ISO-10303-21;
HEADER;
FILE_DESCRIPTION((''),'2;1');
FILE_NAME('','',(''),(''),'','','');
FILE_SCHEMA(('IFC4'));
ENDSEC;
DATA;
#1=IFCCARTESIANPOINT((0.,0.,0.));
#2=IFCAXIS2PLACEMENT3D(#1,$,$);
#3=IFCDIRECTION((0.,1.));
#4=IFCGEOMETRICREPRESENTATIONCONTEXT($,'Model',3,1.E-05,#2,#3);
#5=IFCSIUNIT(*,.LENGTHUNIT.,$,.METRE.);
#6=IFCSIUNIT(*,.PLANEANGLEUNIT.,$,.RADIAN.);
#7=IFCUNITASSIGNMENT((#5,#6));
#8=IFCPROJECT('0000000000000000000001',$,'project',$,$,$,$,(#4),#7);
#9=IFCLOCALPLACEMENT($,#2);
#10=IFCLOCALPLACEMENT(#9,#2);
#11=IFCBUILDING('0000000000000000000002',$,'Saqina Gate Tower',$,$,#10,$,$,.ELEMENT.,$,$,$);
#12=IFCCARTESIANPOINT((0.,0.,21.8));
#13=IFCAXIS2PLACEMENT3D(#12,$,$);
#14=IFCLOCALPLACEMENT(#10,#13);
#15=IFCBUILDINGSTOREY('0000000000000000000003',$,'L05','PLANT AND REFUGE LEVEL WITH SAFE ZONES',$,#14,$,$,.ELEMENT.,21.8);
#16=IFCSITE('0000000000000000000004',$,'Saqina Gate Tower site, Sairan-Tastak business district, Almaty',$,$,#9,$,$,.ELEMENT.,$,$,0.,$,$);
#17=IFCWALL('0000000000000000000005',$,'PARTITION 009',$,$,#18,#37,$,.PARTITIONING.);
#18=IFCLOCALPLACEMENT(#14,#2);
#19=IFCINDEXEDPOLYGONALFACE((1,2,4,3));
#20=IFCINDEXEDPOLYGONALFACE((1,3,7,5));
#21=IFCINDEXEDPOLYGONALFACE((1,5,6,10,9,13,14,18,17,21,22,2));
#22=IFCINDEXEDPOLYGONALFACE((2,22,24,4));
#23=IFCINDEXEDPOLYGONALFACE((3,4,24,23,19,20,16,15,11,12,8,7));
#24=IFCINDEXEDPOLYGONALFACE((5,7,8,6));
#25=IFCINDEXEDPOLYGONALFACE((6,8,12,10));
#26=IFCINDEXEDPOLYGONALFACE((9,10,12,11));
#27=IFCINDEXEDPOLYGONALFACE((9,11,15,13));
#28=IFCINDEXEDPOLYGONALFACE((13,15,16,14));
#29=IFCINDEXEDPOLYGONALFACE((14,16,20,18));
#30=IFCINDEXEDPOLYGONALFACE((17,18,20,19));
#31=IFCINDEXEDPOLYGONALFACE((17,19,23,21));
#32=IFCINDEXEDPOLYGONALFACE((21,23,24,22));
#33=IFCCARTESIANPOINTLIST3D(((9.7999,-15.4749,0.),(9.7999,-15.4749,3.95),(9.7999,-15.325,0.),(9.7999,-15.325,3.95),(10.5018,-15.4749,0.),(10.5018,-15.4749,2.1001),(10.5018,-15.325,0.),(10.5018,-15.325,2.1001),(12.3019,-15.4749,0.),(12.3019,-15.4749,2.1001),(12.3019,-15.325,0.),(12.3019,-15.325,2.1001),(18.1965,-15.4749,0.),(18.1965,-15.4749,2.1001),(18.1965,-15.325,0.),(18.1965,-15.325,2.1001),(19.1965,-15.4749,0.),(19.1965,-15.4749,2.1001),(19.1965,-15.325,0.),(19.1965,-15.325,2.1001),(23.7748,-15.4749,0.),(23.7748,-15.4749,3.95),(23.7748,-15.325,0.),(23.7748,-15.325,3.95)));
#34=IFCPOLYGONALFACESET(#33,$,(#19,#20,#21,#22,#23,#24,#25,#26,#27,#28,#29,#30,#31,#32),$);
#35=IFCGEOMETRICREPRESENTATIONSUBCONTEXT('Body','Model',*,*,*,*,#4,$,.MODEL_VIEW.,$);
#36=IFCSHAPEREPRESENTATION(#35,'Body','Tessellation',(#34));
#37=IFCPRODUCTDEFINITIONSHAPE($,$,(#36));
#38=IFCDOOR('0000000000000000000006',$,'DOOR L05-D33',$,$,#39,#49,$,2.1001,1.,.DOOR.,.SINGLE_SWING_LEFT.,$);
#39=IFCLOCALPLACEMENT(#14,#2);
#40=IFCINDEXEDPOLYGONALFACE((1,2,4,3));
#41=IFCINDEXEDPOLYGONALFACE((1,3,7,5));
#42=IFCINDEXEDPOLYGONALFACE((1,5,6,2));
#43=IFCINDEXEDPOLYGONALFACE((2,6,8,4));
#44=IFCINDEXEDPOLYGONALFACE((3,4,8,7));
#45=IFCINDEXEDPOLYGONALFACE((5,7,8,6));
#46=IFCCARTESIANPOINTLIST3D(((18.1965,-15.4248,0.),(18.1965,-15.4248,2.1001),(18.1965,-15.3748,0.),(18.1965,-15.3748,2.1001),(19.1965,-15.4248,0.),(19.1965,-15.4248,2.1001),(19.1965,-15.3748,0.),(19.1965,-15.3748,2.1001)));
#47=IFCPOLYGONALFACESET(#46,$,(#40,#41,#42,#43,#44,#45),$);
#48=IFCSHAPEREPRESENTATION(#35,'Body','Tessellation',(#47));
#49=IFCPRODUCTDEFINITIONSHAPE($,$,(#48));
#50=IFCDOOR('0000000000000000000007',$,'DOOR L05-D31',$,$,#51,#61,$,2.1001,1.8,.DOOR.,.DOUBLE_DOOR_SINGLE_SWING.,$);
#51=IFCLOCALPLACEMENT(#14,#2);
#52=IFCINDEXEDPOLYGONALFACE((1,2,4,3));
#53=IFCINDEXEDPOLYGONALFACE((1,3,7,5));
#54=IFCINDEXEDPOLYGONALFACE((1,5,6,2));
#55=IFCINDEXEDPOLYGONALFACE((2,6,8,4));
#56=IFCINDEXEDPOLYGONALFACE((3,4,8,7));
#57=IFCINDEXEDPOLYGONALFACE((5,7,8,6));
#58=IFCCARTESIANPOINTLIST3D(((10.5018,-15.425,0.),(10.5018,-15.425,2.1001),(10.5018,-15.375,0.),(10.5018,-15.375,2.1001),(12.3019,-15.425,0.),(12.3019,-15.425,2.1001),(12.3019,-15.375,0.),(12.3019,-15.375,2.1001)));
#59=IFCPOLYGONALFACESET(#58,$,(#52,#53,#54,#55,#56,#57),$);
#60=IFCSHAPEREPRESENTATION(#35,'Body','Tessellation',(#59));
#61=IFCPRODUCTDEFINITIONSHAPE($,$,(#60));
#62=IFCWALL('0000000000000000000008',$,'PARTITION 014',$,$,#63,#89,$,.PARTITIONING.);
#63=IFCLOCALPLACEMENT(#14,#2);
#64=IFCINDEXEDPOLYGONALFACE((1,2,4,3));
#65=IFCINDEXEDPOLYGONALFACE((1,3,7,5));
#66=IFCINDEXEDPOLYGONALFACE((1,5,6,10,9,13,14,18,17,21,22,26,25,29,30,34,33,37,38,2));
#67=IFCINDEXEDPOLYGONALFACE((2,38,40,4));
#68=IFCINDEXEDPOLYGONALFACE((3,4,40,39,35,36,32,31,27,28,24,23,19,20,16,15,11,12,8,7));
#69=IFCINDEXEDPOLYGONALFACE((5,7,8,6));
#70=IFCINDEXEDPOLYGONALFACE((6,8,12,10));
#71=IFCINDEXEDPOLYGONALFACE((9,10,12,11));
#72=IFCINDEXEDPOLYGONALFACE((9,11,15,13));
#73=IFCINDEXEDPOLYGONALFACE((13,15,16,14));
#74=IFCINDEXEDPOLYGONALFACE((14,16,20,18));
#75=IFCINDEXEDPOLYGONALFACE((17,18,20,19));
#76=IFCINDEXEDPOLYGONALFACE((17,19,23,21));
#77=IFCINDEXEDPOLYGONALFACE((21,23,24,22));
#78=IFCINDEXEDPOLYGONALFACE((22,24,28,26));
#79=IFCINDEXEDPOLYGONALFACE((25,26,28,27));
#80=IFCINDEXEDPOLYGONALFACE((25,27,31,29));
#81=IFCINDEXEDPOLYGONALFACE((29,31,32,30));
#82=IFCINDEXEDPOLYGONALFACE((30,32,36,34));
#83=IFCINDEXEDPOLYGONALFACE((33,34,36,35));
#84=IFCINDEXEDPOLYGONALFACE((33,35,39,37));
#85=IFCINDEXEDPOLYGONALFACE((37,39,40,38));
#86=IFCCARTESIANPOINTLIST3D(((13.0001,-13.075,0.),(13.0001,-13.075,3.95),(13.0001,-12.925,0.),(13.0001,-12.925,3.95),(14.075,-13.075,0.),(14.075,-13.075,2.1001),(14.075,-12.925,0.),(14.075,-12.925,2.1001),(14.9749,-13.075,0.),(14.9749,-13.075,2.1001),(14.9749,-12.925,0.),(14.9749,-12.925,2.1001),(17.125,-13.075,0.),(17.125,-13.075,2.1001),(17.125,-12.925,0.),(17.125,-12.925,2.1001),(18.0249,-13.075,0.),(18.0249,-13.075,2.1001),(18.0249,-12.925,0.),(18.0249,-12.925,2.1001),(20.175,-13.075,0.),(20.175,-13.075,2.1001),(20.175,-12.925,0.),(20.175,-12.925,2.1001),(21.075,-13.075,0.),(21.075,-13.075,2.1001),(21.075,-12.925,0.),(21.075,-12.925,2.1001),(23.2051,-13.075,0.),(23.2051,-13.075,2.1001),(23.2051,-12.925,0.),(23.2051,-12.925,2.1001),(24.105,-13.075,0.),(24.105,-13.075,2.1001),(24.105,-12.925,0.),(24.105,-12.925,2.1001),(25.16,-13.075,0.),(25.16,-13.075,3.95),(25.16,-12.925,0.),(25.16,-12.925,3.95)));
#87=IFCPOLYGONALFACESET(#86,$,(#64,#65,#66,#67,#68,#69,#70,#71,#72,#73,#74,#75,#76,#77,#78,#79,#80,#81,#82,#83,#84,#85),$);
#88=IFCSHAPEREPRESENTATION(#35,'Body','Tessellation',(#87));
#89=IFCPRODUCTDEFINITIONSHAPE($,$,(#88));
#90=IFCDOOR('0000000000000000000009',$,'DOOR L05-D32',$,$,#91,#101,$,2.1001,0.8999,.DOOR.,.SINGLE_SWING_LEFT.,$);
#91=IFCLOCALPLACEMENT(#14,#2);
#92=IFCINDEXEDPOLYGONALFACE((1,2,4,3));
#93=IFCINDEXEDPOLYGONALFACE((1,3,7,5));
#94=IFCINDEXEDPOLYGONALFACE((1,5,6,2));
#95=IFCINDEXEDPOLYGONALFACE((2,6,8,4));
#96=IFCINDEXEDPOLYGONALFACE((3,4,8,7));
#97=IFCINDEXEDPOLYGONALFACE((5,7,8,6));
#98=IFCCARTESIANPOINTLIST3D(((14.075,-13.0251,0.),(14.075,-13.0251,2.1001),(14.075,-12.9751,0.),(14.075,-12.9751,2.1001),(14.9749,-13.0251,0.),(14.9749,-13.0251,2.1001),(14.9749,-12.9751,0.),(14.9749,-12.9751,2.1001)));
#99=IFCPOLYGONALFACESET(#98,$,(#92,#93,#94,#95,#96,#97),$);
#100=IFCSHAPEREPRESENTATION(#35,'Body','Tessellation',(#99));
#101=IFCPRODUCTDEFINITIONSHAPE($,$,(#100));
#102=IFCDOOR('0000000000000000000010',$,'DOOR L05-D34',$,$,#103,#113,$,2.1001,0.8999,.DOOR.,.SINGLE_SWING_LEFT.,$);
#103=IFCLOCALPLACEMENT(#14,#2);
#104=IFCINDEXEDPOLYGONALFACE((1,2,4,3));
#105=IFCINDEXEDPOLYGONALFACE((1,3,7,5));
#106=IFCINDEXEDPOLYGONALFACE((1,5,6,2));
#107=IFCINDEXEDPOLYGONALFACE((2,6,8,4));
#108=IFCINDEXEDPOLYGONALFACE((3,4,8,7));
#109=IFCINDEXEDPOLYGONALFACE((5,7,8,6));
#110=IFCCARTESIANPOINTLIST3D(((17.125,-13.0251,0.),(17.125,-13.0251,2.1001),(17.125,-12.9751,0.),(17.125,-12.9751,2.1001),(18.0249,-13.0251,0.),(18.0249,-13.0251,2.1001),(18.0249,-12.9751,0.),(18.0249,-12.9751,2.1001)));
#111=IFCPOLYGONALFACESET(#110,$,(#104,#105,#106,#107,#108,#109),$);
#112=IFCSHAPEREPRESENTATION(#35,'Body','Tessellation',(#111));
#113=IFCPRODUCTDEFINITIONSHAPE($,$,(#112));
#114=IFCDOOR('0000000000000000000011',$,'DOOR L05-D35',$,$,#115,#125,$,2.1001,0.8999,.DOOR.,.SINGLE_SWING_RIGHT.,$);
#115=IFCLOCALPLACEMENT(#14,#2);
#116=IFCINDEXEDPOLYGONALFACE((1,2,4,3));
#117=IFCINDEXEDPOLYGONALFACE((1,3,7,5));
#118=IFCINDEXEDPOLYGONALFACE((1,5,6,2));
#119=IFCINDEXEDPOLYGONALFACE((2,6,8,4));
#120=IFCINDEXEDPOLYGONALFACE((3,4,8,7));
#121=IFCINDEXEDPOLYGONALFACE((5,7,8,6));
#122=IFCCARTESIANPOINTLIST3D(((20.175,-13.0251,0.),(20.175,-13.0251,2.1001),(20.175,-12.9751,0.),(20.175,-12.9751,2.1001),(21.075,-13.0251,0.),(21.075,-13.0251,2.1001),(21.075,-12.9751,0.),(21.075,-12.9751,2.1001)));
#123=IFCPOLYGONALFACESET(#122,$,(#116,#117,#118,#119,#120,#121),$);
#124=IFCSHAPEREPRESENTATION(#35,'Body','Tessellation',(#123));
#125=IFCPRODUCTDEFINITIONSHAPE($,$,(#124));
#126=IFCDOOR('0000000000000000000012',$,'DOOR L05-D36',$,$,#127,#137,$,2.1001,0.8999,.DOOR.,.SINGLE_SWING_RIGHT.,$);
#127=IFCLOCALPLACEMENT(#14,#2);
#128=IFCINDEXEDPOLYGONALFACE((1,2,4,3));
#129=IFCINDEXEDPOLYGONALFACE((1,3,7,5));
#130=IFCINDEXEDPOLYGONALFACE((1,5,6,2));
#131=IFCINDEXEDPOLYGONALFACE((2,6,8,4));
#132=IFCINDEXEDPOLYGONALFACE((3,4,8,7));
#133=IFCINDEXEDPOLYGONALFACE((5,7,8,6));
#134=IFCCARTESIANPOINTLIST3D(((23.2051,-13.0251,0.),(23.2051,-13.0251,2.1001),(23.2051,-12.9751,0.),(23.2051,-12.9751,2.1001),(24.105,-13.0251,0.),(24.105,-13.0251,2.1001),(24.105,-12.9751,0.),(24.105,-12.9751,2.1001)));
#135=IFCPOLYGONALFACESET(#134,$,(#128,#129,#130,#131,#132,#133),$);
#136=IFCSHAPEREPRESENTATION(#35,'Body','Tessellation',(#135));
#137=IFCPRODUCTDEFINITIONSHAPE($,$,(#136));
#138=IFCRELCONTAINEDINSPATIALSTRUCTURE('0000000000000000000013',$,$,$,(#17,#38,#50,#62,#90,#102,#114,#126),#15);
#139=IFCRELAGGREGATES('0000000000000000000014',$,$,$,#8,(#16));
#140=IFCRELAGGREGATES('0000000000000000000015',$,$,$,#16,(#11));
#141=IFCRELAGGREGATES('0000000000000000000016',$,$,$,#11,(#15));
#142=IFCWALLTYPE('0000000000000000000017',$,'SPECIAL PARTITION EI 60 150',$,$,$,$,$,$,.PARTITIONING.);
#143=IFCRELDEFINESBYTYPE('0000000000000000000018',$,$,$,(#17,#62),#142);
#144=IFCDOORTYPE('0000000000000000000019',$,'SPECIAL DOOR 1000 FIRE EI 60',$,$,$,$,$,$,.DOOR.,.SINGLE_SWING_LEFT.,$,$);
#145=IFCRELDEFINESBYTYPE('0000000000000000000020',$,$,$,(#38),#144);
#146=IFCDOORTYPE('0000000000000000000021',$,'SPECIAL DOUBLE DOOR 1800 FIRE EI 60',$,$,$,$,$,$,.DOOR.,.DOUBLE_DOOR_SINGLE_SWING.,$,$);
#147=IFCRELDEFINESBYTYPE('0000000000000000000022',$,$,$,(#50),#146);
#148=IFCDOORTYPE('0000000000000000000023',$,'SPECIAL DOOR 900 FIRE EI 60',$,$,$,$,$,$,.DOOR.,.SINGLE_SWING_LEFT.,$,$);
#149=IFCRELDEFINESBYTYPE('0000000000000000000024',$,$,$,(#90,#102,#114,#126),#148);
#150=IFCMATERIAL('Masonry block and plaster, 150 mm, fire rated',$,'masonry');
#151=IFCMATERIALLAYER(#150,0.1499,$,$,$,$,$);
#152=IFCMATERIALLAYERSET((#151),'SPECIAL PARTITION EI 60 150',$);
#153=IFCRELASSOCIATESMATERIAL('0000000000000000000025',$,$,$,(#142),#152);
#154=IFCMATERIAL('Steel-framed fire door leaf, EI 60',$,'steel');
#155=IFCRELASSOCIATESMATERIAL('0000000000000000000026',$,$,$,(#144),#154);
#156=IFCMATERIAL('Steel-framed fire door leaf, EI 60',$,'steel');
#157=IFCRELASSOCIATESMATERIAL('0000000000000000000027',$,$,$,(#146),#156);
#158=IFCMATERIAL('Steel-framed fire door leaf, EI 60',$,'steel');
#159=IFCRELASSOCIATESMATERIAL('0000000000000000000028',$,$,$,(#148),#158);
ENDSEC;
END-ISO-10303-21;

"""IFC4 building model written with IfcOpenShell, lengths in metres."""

from ifc_helpers import new_model, si_unit, direction, frame, frame_2d, origin, place, context, subcontext, project, spatial, rectangle, extrude, material, layer, layer_set, type_object, element, fill, save


model = new_model("IFC4")

# Units and contexts
model_context = context("Model", 3, precision=1e-05, world=origin(), true_north=direction((0.0, 1.0)))
body_context = subcontext(model_context, "Body", "Model", "MODEL_VIEW")
ifc_project = project(units=[si_unit("LENGTHUNIT", "METRE"), si_unit("PLANEANGLEUNIT", "RADIAN")], contexts=[model_context])

# Site, building, storey
site_placement = place(None, origin())
site = spatial("IfcSite", under=ifc_project, at=site_placement, Name="Saqina Gate Tower site, Sairan-Tastak business district, Almaty", CompositionType="ELEMENT", RefElevation=0.0)
building_placement = place(site_placement, origin())
building = spatial("IfcBuilding", under=site, at=building_placement, Name="Saqina Gate Tower", CompositionType="ELEMENT")
storey_placement = place(building_placement, frame((0.0, 0.0, 21.8)))
storey = spatial("IfcBuildingStorey", under=building, at=storey_placement, Name="L05", Description="PLANT AND REFUGE LEVEL WITH SAFE ZONES", CompositionType="ELEMENT", Elevation=21.8)

# Walls, openings, doors
ifc_material_1 = material(Name="Masonry block and plaster, 150 mm, fire rated", Category="masonry")
ifc_layer_1 = layer(ifc_material_1, 0.1499)
ifc_layer_set_1 = layer_set([ifc_layer_1], Name="SPECIAL PARTITION EI 60 150")
wall_type_1 = type_object("IfcWallType", Name="SPECIAL PARTITION EI 60 150", PredefinedType="PARTITIONING", material=ifc_layer_set_1)
wall_1_placement = place(storey_placement, frame((9.8, -15.3999, 0.0), z_axis=(0.0, 0.0, 1.0), x_axis=(1.0, 0.0, 0.0)))
wall_1 = element("IfcWall", 1, at=wall_1_placement, inside=storey, type_object=wall_type_1, Name="PARTITION 009", PredefinedType="PARTITIONING", context=body_context, shape_type="SweptSolid", body=[
    extrude(rectangle(XDim=13.9749, YDim=0.1499, at=frame_2d((6.9873, 0.0))), origin(), (0.0, 0.0, 1.0), 3.95),
])
opening_1_placement = place(wall_1_placement, frame((0.7019, 0.0, 0.0)))
opening_1 = element("IfcOpeningElement", 2, at=opening_1_placement, cuts=wall_1, PredefinedType="OPENING", context=body_context, shape_type="SweptSolid", body=[
    extrude(rectangle(XDim=1.8, YDim=2.1001, at=frame_2d((0.8999, 1.05))), frame((0.0, 0.0869, 0.0), z_axis=(0.0, -1.0, 0.0), x_axis=(1.0, 0.0, 0.0)), (0.0, 0.0, 1.0), 0.1738),
])
opening_2_placement = place(wall_1_placement, frame((8.3965, 0.0, 0.0)))
opening_2 = element("IfcOpeningElement", 3, at=opening_2_placement, cuts=wall_1, PredefinedType="OPENING", context=body_context, shape_type="SweptSolid", body=[
    extrude(rectangle(XDim=1.0, YDim=2.1001, at=frame_2d((0.5, 1.05))), frame((0.0, 0.0869, 0.0), z_axis=(0.0, -1.0, 0.0), x_axis=(1.0, 0.0, 0.0)), (0.0, 0.0, 1.0), 0.1738),
])
ifc_material_2 = material(Name="Steel-framed fire door leaf, EI 60", Category="steel")
door_type_1 = type_object("IfcDoorType", Name="SPECIAL DOOR 1000 FIRE EI 60", OperationType="SINGLE_SWING_LEFT", PredefinedType="DOOR", material=ifc_material_2)
door_1_placement = place(opening_2_placement, frame((1.0, 0.0, 0.0), z_axis=(0.0, 0.0, 1.0), x_axis=(-1.0, 0.0, 0.0)))
door_1 = element("IfcDoor", 4, at=door_1_placement, inside=storey, type_object=door_type_1, Name="DOOR L05-D33", OperationType="SINGLE_SWING_LEFT", OverallHeight=2.1001, OverallWidth=1.0, PredefinedType="DOOR", context=body_context, shape_type="SweptSolid", body=[
    extrude(rectangle(XDim=1.0, YDim=2.1001, at=frame_2d((0.5, 1.05))), frame((0.0, 0.0249, 0.0), z_axis=(0.0, -1.0, 0.0), x_axis=(1.0, 0.0, 0.0)), (0.0, 0.0, 1.0), 0.05),
])
fill(opening_2, door_1)
ifc_material_3 = material(Name="Steel-framed fire door leaf, EI 60", Category="steel")
door_type_2 = type_object("IfcDoorType", Name="SPECIAL DOUBLE DOOR 1800 FIRE EI 60", OperationType="DOUBLE_DOOR_SINGLE_SWING", PredefinedType="DOOR", material=ifc_material_3)
door_2_placement = place(opening_1_placement, origin())
door_2 = element("IfcDoor", 5, at=door_2_placement, inside=storey, type_object=door_type_2, Name="DOOR L05-D31", OperationType="DOUBLE_DOOR_SINGLE_SWING", OverallHeight=2.1001, OverallWidth=1.8, PredefinedType="DOOR", context=body_context, shape_type="SweptSolid", body=[
    extrude(rectangle(XDim=1.8, YDim=2.1001, at=frame_2d((0.8999, 1.05))), frame((0.0, 0.0249, 0.0), z_axis=(0.0, -1.0, 0.0), x_axis=(1.0, 0.0, 0.0)), (0.0, 0.0, 1.0), 0.05),
])
fill(opening_1, door_2)
wall_2_placement = place(storey_placement, frame((13.0, -13.0, 0.0), z_axis=(0.0, 0.0, 1.0), x_axis=(1.0, 0.0, 0.0)))
wall_2 = element("IfcWall", 6, at=wall_2_placement, inside=storey, type_object=wall_type_1, Name="PARTITION 014", PredefinedType="PARTITIONING", context=body_context, shape_type="SweptSolid", body=[
    extrude(rectangle(XDim=12.1599, YDim=0.1499, at=frame_2d((6.0801, 0.0))), origin(), (0.0, 0.0, 1.0), 3.95),
])
opening_3_placement = place(wall_2_placement, frame((1.075, 0.0, 0.0)))
opening_3 = element("IfcOpeningElement", 7, at=opening_3_placement, cuts=wall_2, PredefinedType="OPENING", context=body_context, shape_type="SweptSolid", body=[
    extrude(rectangle(XDim=0.8999, YDim=2.1001, at=frame_2d((0.45, 1.05))), frame((0.0, 0.0869, 0.0), z_axis=(0.0, -1.0, 0.0), x_axis=(1.0, 0.0, 0.0)), (0.0, 0.0, 1.0), 0.1738),
])
opening_4_placement = place(wall_2_placement, frame((4.125, 0.0, 0.0)))
opening_4 = element("IfcOpeningElement", 8, at=opening_4_placement, cuts=wall_2, PredefinedType="OPENING", context=body_context, shape_type="SweptSolid", body=[
    extrude(rectangle(XDim=0.8999, YDim=2.1001, at=frame_2d((0.45, 1.05))), frame((0.0, 0.0869, 0.0), z_axis=(0.0, -1.0, 0.0), x_axis=(1.0, 0.0, 0.0)), (0.0, 0.0, 1.0), 0.1738),
])
opening_5_placement = place(wall_2_placement, frame((7.175, 0.0, 0.0)))
opening_5 = element("IfcOpeningElement", 9, at=opening_5_placement, cuts=wall_2, PredefinedType="OPENING", context=body_context, shape_type="SweptSolid", body=[
    extrude(rectangle(XDim=0.8999, YDim=2.1001, at=frame_2d((0.45, 1.05))), frame((0.0, 0.0869, 0.0), z_axis=(0.0, -1.0, 0.0), x_axis=(1.0, 0.0, 0.0)), (0.0, 0.0, 1.0), 0.1738),
])
opening_6_placement = place(wall_2_placement, frame((10.2051, 0.0, 0.0)))
opening_6 = element("IfcOpeningElement", 10, at=opening_6_placement, cuts=wall_2, PredefinedType="OPENING", context=body_context, shape_type="SweptSolid", body=[
    extrude(rectangle(XDim=0.8999, YDim=2.1001, at=frame_2d((0.45, 1.05))), frame((0.0, 0.0869, 0.0), z_axis=(0.0, -1.0, 0.0), x_axis=(1.0, 0.0, 0.0)), (0.0, 0.0, 1.0), 0.1738),
])
ifc_material_4 = material(Name="Steel-framed fire door leaf, EI 60", Category="steel")
door_type_3 = type_object("IfcDoorType", Name="SPECIAL DOOR 900 FIRE EI 60", OperationType="SINGLE_SWING_LEFT", PredefinedType="DOOR", material=ifc_material_4)
door_3_placement = place(opening_3_placement, origin())
door_3 = element("IfcDoor", 11, at=door_3_placement, inside=storey, type_object=door_type_3, Name="DOOR L05-D32", OperationType="SINGLE_SWING_LEFT", OverallHeight=2.1001, OverallWidth=0.8999, PredefinedType="DOOR", context=body_context, shape_type="SweptSolid", body=[
    extrude(rectangle(XDim=0.8999, YDim=2.1001, at=frame_2d((0.45, 1.05))), frame((0.0, 0.0249, 0.0), z_axis=(0.0, -1.0, 0.0), x_axis=(1.0, 0.0, 0.0)), (0.0, 0.0, 1.0), 0.05),
])
fill(opening_3, door_3)
door_4_placement = place(opening_4_placement, origin())
door_4 = element("IfcDoor", 12, at=door_4_placement, inside=storey, type_object=door_type_3, Name="DOOR L05-D34", OperationType="SINGLE_SWING_LEFT", OverallHeight=2.1001, OverallWidth=0.8999, PredefinedType="DOOR", context=body_context, shape_type="SweptSolid", body=[
    extrude(rectangle(XDim=0.8999, YDim=2.1001, at=frame_2d((0.45, 1.05))), frame((0.0, 0.0249, 0.0), z_axis=(0.0, -1.0, 0.0), x_axis=(1.0, 0.0, 0.0)), (0.0, 0.0, 1.0), 0.05),
])
fill(opening_4, door_4)
door_5_placement = place(opening_5_placement, origin())
door_5 = element("IfcDoor", 13, at=door_5_placement, inside=storey, type_object=door_type_3, Name="DOOR L05-D35", OperationType="SINGLE_SWING_RIGHT", OverallHeight=2.1001, OverallWidth=0.8999, PredefinedType="DOOR", context=body_context, shape_type="SweptSolid", body=[
    extrude(rectangle(XDim=0.8999, YDim=2.1001, at=frame_2d((0.45, 1.05))), frame((0.0, 0.0249, 0.0), z_axis=(0.0, -1.0, 0.0), x_axis=(1.0, 0.0, 0.0)), (0.0, 0.0, 1.0), 0.05),
])
fill(opening_5, door_5)
door_6_placement = place(opening_6_placement, origin())
door_6 = element("IfcDoor", 14, at=door_6_placement, inside=storey, type_object=door_type_3, Name="DOOR L05-D36", OperationType="SINGLE_SWING_RIGHT", OverallHeight=2.1001, OverallWidth=0.8999, PredefinedType="DOOR", context=body_context, shape_type="SweptSolid", body=[
    extrude(rectangle(XDim=0.8999, YDim=2.1001, at=frame_2d((0.45, 1.05))), frame((0.0, 0.0249, 0.0), z_axis=(0.0, -1.0, 0.0), x_axis=(1.0, 0.0, 0.0)), (0.0, 0.0, 1.0), 0.05),
])
fill(opening_6, door_6)

save(model, "model.ifc")
